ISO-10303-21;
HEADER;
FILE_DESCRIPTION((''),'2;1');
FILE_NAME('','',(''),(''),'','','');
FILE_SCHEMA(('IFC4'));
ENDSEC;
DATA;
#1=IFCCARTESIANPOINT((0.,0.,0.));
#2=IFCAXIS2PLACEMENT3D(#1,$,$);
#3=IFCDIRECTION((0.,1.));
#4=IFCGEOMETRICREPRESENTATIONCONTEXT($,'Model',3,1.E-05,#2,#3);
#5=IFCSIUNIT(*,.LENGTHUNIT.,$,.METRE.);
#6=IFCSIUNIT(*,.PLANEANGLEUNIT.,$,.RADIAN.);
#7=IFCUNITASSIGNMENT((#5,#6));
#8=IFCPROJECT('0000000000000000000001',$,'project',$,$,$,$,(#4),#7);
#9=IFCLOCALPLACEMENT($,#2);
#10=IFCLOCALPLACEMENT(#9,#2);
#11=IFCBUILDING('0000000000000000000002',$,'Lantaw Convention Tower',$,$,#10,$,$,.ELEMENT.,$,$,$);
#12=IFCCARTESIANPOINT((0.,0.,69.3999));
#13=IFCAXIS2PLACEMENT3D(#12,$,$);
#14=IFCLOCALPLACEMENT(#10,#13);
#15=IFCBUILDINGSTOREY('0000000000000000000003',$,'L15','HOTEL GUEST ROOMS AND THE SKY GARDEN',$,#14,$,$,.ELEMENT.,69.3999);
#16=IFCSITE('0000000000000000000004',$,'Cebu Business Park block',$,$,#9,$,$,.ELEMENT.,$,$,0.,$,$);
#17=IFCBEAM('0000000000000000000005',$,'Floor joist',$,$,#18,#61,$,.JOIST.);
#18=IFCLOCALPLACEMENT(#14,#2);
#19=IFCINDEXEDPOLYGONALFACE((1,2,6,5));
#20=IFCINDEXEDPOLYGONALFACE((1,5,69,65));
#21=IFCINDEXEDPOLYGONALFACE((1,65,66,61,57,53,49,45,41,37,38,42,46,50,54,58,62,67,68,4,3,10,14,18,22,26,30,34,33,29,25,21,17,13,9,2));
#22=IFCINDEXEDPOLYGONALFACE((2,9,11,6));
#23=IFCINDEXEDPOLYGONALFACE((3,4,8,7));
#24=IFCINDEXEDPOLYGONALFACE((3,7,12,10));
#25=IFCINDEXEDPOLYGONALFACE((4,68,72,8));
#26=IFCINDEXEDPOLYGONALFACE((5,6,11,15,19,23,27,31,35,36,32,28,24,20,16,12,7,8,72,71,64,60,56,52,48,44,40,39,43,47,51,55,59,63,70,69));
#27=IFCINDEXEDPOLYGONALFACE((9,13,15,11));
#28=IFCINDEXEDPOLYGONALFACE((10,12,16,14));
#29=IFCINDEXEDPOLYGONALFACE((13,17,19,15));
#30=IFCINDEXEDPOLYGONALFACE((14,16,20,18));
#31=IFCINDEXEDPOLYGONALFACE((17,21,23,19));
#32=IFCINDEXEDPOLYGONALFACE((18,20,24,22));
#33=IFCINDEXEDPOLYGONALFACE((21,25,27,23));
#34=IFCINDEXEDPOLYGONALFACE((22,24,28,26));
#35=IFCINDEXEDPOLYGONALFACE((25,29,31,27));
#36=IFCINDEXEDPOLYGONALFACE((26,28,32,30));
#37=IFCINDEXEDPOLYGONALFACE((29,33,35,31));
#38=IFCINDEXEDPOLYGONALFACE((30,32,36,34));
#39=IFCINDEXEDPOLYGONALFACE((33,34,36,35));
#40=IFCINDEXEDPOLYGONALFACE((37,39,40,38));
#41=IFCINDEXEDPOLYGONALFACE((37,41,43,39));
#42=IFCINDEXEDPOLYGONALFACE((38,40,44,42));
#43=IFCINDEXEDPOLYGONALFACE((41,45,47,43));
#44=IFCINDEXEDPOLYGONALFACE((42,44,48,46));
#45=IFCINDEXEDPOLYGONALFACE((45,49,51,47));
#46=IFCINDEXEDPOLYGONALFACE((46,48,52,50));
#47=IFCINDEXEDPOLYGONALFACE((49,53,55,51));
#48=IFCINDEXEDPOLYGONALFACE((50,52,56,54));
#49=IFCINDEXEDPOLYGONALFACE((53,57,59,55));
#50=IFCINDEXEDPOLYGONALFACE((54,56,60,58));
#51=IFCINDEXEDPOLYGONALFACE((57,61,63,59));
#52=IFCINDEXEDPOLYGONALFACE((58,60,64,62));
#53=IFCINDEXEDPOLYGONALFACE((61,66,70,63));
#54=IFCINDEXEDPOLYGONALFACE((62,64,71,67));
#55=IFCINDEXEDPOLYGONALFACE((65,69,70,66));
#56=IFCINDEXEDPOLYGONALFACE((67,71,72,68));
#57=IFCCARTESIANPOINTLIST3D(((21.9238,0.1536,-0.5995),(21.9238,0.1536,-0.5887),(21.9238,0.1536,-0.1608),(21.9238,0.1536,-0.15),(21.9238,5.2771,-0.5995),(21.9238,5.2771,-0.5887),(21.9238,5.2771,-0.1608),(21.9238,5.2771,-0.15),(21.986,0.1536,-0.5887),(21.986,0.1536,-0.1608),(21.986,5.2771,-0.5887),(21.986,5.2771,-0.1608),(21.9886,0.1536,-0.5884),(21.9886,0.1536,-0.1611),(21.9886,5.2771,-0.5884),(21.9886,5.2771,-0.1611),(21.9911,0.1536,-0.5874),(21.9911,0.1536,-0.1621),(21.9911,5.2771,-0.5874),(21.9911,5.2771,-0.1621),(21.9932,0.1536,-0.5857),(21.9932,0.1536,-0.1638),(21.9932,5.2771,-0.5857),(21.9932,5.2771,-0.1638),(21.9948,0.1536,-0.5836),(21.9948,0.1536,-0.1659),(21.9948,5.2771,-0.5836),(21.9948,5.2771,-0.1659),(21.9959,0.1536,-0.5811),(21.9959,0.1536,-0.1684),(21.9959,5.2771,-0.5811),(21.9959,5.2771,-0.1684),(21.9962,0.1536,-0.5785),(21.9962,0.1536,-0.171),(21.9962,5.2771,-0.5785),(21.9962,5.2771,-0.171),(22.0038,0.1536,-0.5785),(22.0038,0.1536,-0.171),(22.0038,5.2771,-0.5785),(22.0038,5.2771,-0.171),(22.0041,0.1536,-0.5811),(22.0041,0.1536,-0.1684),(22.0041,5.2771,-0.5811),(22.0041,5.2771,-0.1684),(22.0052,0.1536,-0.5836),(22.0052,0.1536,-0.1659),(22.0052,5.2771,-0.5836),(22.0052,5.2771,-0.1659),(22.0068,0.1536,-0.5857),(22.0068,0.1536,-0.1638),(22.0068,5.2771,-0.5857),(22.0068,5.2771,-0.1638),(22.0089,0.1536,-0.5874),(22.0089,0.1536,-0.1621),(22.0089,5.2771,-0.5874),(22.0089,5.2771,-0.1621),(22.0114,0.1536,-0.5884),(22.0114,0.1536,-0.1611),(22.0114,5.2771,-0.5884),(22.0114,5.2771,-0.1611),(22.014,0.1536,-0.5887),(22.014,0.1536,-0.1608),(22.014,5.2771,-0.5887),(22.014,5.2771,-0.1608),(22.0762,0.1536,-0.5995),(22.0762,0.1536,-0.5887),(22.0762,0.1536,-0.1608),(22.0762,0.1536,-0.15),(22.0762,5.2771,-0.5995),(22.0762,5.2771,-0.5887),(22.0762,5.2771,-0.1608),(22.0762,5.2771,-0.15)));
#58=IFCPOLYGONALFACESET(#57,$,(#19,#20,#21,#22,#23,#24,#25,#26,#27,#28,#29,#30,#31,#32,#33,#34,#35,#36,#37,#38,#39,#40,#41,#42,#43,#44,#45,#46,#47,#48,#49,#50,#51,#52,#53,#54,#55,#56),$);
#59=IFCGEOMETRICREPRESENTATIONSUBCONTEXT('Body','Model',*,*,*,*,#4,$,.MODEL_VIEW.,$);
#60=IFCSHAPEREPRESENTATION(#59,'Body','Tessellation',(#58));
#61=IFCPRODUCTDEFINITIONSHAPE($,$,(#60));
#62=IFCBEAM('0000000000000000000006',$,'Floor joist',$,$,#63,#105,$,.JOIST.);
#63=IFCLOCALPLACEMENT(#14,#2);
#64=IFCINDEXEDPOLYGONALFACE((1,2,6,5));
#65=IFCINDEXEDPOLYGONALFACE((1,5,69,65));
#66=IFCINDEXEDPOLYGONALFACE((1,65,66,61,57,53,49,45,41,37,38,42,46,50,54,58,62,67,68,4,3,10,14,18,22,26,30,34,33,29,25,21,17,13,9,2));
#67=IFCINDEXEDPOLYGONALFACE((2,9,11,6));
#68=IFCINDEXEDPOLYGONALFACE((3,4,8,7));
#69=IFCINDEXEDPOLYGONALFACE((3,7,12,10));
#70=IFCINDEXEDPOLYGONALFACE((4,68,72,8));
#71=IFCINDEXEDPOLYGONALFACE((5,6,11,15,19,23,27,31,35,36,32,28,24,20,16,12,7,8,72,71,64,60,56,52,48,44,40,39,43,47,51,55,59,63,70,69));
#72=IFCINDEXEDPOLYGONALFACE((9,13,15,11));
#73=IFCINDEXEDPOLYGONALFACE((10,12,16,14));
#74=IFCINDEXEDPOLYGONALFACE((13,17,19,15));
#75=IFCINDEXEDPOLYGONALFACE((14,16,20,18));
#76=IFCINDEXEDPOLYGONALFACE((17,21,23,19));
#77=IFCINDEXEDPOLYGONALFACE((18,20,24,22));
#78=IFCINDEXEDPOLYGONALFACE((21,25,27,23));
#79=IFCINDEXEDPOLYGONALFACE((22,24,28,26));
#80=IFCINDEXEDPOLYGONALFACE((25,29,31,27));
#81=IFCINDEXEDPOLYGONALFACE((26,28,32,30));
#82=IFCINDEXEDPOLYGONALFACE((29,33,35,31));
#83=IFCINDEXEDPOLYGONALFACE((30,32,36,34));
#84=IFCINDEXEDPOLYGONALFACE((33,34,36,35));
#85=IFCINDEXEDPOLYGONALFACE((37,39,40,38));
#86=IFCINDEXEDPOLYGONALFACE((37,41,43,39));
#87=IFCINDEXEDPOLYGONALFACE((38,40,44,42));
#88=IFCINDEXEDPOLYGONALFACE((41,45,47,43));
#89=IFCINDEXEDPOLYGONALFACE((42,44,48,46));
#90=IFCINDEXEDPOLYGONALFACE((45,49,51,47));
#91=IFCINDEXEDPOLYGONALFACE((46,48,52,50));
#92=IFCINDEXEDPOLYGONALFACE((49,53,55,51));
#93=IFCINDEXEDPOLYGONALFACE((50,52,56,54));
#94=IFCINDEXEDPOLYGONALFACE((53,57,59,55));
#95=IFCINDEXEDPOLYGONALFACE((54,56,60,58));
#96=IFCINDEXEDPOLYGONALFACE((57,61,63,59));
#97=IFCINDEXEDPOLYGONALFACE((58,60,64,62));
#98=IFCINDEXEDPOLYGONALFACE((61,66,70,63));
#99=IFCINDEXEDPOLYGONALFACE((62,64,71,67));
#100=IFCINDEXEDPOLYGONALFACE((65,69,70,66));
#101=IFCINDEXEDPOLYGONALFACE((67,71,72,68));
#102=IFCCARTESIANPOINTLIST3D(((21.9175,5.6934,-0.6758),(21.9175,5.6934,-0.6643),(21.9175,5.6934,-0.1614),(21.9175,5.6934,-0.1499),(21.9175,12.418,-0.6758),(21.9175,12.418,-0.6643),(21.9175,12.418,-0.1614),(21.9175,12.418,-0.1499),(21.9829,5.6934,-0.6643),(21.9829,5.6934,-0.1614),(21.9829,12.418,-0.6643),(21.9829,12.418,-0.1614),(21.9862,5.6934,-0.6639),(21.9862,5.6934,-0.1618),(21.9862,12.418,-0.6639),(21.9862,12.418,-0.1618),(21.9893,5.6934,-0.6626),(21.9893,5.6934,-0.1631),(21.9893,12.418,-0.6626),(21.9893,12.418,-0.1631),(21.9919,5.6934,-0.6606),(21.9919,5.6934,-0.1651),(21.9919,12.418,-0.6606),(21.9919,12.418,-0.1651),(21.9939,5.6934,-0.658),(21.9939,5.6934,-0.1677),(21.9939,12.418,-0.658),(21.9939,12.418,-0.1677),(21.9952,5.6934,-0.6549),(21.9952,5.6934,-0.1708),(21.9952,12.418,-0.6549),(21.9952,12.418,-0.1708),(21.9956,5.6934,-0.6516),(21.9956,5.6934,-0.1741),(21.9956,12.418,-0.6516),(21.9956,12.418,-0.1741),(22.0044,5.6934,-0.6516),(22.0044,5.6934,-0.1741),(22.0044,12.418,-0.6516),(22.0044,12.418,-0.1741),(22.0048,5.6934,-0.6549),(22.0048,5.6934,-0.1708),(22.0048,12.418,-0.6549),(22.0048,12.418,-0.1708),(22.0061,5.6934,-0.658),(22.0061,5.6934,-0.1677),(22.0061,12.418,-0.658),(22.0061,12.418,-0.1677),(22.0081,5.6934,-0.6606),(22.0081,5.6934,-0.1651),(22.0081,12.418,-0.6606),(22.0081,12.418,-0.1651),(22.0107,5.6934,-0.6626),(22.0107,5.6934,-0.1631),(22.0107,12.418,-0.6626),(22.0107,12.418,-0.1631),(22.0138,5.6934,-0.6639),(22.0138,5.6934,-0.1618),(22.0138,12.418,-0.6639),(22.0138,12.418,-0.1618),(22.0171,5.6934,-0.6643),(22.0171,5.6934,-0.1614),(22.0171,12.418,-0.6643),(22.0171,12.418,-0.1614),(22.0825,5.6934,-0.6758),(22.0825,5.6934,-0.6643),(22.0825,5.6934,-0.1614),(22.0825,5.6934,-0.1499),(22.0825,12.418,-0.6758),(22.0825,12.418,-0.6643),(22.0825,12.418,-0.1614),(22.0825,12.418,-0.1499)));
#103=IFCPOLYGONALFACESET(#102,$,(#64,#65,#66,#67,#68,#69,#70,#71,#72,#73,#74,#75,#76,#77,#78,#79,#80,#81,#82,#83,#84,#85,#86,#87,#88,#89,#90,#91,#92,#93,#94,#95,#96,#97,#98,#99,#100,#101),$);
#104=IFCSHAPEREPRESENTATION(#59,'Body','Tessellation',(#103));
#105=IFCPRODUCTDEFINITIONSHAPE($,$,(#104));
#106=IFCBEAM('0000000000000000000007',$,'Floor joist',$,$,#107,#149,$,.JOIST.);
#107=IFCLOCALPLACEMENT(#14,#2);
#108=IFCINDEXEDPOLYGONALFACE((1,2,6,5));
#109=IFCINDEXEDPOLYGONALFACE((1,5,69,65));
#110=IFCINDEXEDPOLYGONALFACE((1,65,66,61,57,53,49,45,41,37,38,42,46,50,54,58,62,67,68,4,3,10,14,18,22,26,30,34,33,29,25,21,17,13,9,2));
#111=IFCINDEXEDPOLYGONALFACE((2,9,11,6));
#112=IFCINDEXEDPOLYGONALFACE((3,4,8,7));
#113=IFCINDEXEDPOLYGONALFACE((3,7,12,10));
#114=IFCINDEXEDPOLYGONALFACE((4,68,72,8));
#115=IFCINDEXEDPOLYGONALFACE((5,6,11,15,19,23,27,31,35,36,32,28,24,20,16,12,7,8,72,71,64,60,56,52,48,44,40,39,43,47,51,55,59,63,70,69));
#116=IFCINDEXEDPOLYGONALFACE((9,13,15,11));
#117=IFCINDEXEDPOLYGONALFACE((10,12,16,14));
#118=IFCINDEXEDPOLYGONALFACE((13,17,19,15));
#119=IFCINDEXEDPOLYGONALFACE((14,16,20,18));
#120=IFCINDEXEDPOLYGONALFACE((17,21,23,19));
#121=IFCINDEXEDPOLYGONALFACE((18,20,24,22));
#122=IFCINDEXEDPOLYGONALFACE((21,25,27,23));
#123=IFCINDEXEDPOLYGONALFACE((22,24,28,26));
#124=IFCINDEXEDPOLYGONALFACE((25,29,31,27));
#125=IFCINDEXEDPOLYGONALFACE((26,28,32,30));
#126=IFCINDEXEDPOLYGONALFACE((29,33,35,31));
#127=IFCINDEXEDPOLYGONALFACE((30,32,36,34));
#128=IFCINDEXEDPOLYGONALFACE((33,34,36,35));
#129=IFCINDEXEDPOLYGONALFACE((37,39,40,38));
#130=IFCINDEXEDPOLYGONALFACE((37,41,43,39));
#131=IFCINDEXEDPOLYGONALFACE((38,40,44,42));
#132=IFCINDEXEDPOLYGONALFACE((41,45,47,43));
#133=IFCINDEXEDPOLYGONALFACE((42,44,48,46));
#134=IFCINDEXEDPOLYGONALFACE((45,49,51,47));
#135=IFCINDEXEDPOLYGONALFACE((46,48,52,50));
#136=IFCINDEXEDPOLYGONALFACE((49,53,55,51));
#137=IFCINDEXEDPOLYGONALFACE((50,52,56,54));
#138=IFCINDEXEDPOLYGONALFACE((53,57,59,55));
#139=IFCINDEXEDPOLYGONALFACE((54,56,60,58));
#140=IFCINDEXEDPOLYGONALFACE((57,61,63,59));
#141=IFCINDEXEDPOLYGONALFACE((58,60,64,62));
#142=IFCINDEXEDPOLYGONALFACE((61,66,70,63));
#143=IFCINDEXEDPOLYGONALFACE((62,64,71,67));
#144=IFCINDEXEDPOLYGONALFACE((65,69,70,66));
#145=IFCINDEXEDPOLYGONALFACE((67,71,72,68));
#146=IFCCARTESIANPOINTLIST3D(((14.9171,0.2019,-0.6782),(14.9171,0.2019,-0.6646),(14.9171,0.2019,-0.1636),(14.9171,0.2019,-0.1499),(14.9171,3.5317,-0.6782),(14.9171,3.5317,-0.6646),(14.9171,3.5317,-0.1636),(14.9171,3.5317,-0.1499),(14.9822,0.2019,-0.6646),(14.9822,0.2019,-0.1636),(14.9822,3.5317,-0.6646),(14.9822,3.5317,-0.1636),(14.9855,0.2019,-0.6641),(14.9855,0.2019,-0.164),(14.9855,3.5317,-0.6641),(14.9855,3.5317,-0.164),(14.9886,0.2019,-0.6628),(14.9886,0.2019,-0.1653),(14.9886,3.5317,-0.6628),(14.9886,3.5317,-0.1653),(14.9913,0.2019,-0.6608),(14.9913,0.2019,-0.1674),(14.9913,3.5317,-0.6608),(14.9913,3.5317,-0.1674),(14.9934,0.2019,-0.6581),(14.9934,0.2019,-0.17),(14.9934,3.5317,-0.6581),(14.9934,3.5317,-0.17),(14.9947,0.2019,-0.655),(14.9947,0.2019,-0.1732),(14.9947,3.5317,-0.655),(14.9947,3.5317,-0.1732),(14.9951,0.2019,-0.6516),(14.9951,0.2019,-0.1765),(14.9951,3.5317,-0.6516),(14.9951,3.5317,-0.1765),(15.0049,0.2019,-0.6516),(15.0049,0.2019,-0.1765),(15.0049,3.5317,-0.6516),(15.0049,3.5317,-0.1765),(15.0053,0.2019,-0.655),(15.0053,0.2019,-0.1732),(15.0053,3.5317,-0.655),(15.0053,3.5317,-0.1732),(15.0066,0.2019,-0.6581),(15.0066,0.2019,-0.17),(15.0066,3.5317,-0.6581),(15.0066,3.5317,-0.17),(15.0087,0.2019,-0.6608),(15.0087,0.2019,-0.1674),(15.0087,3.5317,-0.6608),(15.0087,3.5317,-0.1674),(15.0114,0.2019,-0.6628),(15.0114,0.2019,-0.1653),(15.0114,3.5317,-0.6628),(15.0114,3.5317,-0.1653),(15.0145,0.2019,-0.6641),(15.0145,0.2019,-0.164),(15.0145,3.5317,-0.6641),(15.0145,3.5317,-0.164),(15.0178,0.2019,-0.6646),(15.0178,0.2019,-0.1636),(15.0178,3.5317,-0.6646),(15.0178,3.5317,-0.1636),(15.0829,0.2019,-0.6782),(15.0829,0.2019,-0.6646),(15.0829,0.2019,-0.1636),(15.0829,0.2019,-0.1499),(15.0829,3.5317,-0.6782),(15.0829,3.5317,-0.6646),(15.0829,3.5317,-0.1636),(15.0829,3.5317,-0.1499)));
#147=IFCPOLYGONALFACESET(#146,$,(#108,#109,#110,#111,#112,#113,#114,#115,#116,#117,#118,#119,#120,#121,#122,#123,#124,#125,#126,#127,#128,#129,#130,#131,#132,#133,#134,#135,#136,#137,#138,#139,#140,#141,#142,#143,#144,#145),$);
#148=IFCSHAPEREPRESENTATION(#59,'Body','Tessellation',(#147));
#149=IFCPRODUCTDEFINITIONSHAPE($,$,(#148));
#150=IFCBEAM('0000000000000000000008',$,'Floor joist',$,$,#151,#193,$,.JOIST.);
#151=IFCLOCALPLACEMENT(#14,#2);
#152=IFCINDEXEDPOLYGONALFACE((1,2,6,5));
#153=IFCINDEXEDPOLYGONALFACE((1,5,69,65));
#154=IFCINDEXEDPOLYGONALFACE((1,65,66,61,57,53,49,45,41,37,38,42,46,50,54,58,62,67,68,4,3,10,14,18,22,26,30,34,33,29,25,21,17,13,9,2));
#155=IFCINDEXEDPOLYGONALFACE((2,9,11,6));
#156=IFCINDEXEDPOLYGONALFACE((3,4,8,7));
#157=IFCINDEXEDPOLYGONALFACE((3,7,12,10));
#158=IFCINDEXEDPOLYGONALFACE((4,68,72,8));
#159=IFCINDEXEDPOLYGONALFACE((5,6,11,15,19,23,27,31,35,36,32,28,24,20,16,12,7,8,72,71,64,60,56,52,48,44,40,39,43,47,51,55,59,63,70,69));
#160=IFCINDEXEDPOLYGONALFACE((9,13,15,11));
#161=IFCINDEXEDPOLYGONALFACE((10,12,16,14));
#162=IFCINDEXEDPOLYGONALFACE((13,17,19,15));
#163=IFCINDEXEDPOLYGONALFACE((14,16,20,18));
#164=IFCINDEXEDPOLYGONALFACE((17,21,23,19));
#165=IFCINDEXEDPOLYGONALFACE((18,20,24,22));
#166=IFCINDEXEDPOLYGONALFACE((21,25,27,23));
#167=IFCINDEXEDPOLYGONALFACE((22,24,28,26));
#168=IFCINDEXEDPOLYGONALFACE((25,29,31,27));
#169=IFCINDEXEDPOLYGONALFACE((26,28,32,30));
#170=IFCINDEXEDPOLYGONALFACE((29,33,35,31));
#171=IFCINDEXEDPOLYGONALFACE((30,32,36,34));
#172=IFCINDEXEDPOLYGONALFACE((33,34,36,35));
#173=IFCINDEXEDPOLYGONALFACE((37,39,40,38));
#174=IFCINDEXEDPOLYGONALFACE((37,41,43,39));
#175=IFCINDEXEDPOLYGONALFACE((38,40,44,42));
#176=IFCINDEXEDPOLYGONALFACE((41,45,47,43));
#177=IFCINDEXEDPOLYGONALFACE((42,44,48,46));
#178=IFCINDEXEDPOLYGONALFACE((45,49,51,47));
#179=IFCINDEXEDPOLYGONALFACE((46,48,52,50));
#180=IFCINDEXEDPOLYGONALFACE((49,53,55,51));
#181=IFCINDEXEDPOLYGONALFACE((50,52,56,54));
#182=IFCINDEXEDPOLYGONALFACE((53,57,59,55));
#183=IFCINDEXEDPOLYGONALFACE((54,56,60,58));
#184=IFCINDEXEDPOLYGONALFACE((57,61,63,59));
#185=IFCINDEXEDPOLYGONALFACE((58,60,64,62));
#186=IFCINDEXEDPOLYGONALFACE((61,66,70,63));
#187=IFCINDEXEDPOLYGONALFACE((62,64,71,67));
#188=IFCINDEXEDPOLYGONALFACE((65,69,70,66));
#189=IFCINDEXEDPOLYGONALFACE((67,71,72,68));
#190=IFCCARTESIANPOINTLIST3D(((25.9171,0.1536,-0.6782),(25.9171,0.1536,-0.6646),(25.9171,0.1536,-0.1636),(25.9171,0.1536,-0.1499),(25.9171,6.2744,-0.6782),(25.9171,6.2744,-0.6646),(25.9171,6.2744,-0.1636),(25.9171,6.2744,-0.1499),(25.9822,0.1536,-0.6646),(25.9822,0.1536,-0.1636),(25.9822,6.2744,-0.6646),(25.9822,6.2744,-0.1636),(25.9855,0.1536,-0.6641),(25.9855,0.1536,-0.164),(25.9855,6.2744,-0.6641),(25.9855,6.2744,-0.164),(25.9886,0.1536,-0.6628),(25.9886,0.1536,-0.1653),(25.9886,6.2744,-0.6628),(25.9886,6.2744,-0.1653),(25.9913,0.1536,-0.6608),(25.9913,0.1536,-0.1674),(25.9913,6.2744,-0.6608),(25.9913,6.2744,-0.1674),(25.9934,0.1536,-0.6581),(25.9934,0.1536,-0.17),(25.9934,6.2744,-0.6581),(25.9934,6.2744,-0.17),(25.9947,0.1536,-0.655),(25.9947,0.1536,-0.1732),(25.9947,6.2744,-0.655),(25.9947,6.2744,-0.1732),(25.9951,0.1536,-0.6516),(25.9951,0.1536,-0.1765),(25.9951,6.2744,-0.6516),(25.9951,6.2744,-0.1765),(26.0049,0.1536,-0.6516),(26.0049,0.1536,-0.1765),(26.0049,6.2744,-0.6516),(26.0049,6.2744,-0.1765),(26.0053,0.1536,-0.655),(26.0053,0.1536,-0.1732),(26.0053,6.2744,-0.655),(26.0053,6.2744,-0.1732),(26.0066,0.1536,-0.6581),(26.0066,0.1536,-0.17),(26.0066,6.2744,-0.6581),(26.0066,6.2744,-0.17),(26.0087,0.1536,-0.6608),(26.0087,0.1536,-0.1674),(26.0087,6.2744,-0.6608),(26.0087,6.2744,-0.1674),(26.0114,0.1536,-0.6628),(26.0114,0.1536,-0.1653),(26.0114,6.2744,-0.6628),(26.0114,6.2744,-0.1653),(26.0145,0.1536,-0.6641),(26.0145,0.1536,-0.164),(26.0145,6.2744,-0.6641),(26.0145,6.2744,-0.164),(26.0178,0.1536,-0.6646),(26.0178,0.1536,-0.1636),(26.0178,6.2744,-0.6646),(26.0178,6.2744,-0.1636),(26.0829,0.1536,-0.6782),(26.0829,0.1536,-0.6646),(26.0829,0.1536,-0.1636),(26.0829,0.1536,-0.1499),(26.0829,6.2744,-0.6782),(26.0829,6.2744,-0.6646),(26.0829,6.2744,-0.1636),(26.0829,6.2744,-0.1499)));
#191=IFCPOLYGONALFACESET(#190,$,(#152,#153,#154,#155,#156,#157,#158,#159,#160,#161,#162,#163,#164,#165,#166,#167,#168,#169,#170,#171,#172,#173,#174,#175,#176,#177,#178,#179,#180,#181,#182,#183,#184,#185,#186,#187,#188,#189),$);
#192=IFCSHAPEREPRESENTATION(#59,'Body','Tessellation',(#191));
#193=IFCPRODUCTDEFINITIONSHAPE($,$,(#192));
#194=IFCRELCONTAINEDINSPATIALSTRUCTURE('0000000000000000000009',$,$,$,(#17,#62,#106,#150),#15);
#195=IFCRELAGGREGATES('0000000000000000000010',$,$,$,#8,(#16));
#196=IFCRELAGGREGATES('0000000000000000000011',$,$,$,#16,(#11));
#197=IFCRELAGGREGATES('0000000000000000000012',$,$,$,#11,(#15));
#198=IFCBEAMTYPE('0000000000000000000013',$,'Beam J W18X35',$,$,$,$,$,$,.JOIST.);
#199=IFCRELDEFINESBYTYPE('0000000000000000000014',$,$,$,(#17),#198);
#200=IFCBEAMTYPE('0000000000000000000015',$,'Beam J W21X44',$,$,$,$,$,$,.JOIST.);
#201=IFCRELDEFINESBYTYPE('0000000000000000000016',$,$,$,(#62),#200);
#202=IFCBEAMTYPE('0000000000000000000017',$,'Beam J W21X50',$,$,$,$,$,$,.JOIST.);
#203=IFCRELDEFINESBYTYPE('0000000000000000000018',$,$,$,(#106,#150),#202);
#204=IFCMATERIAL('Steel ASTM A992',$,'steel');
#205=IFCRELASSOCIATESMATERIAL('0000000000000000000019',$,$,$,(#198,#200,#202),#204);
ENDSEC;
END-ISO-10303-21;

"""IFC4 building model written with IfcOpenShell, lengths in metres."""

from ifc_helpers import new_model, si_unit, direction, frame, origin, origin_2d, place, context, subcontext, project, spatial, i_section, extrude, material, material_profile, profile_set, type_object, element, save


model = new_model("IFC4")

# Units and contexts
model_context = context("Model", 3, precision=1e-05, world=origin(), true_north=direction((0.0, 1.0)))
body_context = subcontext(model_context, "Body", "Model", "MODEL_VIEW")
ifc_project = project(units=[si_unit("LENGTHUNIT", "METRE"), si_unit("PLANEANGLEUNIT", "RADIAN")], contexts=[model_context])

# Site, building, storey
site_placement = place(None, origin())
site = spatial("IfcSite", under=ifc_project, at=site_placement, Name="Cebu Business Park block", CompositionType="ELEMENT", RefElevation=0.0)
building_placement = place(site_placement, origin())
building = spatial("IfcBuilding", under=site, at=building_placement, Name="Lantaw Convention Tower", CompositionType="ELEMENT")
storey_placement = place(building_placement, frame((0.0, 0.0, 69.3999)))
storey = spatial("IfcBuildingStorey", under=building, at=storey_placement, Name="L15", Description="HOTEL GUEST ROOMS AND THE SKY GARDEN", CompositionType="ELEMENT", Elevation=69.3999)

# Beams
ifc_material_1 = material(Name="Steel ASTM A992", Category="steel")
ifc_material_profile_1 = material_profile(ifc_material_1, i_section(OverallWidth=0.1523, OverallDepth=0.4495, WebThickness=0.0076, FlangeThickness=0.0107, FilletRadius=0.0103, at=origin_2d()), Name="W18X35")
ifc_profile_set_1 = profile_set([ifc_material_profile_1], Name="Steel ASTM A992")
beam_type_1 = type_object("IfcBeamType", Name="Beam J W18X35", PredefinedType="JOIST", material=ifc_profile_set_1)
beam_1_placement = place(storey_placement, frame((22.0, 0.1536, -0.3748), z_axis=(0.0, 1.0, 0.0), x_axis=(-1.0, 0.0, 0.0)))
element("IfcBeam", 1, at=beam_1_placement, inside=storey, type_object=beam_type_1, Name="Floor joist", PredefinedType="JOIST", context=body_context, shape_type="SweptSolid", body=[
    extrude(i_section(OverallWidth=0.1523, OverallDepth=0.4495, WebThickness=0.0076, FlangeThickness=0.0107, FilletRadius=0.0103, at=origin_2d()), origin(), (0.0, 0.0, 1.0), 5.1235),
])
ifc_material_profile_2 = material_profile(ifc_material_1, i_section(OverallWidth=0.165, OverallDepth=0.5259, WebThickness=0.0088, FlangeThickness=0.0115, FilletRadius=0.0127, at=origin_2d()), Name="W21X44")
ifc_profile_set_2 = profile_set([ifc_material_profile_2], Name="Steel ASTM A992")
beam_type_2 = type_object("IfcBeamType", Name="Beam J W21X44", PredefinedType="JOIST", material=ifc_profile_set_2)
beam_2_placement = place(storey_placement, frame((22.0, 5.6934, -0.4128), z_axis=(0.0, 1.0, 0.0), x_axis=(-1.0, 0.0, 0.0)))
element("IfcBeam", 2, at=beam_2_placement, inside=storey, type_object=beam_type_2, Name="Floor joist", PredefinedType="JOIST", context=body_context, shape_type="SweptSolid", body=[
    extrude(i_section(OverallWidth=0.165, OverallDepth=0.5259, WebThickness=0.0088, FlangeThickness=0.0115, FilletRadius=0.0127, at=origin_2d()), origin(), (0.0, 0.0, 1.0), 6.7246),
])
ifc_material_profile_3 = material_profile(ifc_material_1, i_section(OverallWidth=0.1658, OverallDepth=0.5283, WebThickness=0.0098, FlangeThickness=0.0137, FilletRadius=0.0129, at=origin_2d()), Name="W21X50")
ifc_profile_set_3 = profile_set([ifc_material_profile_3], Name="Steel ASTM A992")
beam_type_3 = type_object("IfcBeamType", Name="Beam J W21X50", PredefinedType="JOIST", material=ifc_profile_set_3)
beam_3_placement = place(storey_placement, frame((15.0, 0.2019, -0.4141), z_axis=(0.0, 1.0, 0.0), x_axis=(-1.0, 0.0, 0.0)))
element("IfcBeam", 3, at=beam_3_placement, inside=storey, type_object=beam_type_3, Name="Floor joist", PredefinedType="JOIST", context=body_context, shape_type="SweptSolid", body=[
    extrude(i_section(OverallWidth=0.1658, OverallDepth=0.5283, WebThickness=0.0098, FlangeThickness=0.0137, FilletRadius=0.0129, at=origin_2d()), origin(), (0.0, 0.0, 1.0), 3.3298),
])
beam_4_placement = place(storey_placement, frame((26.0, 0.1536, -0.4141), z_axis=(0.0, 1.0, 0.0), x_axis=(-1.0, 0.0, 0.0)))
element("IfcBeam", 4, at=beam_4_placement, inside=storey, type_object=beam_type_3, Name="Floor joist", PredefinedType="JOIST", context=body_context, shape_type="SweptSolid", body=[
    extrude(i_section(OverallWidth=0.1658, OverallDepth=0.5283, WebThickness=0.0098, FlangeThickness=0.0137, FilletRadius=0.0129, at=origin_2d()), origin(), (0.0, 0.0, 1.0), 6.1208),
])

save(model, "model.ifc")
